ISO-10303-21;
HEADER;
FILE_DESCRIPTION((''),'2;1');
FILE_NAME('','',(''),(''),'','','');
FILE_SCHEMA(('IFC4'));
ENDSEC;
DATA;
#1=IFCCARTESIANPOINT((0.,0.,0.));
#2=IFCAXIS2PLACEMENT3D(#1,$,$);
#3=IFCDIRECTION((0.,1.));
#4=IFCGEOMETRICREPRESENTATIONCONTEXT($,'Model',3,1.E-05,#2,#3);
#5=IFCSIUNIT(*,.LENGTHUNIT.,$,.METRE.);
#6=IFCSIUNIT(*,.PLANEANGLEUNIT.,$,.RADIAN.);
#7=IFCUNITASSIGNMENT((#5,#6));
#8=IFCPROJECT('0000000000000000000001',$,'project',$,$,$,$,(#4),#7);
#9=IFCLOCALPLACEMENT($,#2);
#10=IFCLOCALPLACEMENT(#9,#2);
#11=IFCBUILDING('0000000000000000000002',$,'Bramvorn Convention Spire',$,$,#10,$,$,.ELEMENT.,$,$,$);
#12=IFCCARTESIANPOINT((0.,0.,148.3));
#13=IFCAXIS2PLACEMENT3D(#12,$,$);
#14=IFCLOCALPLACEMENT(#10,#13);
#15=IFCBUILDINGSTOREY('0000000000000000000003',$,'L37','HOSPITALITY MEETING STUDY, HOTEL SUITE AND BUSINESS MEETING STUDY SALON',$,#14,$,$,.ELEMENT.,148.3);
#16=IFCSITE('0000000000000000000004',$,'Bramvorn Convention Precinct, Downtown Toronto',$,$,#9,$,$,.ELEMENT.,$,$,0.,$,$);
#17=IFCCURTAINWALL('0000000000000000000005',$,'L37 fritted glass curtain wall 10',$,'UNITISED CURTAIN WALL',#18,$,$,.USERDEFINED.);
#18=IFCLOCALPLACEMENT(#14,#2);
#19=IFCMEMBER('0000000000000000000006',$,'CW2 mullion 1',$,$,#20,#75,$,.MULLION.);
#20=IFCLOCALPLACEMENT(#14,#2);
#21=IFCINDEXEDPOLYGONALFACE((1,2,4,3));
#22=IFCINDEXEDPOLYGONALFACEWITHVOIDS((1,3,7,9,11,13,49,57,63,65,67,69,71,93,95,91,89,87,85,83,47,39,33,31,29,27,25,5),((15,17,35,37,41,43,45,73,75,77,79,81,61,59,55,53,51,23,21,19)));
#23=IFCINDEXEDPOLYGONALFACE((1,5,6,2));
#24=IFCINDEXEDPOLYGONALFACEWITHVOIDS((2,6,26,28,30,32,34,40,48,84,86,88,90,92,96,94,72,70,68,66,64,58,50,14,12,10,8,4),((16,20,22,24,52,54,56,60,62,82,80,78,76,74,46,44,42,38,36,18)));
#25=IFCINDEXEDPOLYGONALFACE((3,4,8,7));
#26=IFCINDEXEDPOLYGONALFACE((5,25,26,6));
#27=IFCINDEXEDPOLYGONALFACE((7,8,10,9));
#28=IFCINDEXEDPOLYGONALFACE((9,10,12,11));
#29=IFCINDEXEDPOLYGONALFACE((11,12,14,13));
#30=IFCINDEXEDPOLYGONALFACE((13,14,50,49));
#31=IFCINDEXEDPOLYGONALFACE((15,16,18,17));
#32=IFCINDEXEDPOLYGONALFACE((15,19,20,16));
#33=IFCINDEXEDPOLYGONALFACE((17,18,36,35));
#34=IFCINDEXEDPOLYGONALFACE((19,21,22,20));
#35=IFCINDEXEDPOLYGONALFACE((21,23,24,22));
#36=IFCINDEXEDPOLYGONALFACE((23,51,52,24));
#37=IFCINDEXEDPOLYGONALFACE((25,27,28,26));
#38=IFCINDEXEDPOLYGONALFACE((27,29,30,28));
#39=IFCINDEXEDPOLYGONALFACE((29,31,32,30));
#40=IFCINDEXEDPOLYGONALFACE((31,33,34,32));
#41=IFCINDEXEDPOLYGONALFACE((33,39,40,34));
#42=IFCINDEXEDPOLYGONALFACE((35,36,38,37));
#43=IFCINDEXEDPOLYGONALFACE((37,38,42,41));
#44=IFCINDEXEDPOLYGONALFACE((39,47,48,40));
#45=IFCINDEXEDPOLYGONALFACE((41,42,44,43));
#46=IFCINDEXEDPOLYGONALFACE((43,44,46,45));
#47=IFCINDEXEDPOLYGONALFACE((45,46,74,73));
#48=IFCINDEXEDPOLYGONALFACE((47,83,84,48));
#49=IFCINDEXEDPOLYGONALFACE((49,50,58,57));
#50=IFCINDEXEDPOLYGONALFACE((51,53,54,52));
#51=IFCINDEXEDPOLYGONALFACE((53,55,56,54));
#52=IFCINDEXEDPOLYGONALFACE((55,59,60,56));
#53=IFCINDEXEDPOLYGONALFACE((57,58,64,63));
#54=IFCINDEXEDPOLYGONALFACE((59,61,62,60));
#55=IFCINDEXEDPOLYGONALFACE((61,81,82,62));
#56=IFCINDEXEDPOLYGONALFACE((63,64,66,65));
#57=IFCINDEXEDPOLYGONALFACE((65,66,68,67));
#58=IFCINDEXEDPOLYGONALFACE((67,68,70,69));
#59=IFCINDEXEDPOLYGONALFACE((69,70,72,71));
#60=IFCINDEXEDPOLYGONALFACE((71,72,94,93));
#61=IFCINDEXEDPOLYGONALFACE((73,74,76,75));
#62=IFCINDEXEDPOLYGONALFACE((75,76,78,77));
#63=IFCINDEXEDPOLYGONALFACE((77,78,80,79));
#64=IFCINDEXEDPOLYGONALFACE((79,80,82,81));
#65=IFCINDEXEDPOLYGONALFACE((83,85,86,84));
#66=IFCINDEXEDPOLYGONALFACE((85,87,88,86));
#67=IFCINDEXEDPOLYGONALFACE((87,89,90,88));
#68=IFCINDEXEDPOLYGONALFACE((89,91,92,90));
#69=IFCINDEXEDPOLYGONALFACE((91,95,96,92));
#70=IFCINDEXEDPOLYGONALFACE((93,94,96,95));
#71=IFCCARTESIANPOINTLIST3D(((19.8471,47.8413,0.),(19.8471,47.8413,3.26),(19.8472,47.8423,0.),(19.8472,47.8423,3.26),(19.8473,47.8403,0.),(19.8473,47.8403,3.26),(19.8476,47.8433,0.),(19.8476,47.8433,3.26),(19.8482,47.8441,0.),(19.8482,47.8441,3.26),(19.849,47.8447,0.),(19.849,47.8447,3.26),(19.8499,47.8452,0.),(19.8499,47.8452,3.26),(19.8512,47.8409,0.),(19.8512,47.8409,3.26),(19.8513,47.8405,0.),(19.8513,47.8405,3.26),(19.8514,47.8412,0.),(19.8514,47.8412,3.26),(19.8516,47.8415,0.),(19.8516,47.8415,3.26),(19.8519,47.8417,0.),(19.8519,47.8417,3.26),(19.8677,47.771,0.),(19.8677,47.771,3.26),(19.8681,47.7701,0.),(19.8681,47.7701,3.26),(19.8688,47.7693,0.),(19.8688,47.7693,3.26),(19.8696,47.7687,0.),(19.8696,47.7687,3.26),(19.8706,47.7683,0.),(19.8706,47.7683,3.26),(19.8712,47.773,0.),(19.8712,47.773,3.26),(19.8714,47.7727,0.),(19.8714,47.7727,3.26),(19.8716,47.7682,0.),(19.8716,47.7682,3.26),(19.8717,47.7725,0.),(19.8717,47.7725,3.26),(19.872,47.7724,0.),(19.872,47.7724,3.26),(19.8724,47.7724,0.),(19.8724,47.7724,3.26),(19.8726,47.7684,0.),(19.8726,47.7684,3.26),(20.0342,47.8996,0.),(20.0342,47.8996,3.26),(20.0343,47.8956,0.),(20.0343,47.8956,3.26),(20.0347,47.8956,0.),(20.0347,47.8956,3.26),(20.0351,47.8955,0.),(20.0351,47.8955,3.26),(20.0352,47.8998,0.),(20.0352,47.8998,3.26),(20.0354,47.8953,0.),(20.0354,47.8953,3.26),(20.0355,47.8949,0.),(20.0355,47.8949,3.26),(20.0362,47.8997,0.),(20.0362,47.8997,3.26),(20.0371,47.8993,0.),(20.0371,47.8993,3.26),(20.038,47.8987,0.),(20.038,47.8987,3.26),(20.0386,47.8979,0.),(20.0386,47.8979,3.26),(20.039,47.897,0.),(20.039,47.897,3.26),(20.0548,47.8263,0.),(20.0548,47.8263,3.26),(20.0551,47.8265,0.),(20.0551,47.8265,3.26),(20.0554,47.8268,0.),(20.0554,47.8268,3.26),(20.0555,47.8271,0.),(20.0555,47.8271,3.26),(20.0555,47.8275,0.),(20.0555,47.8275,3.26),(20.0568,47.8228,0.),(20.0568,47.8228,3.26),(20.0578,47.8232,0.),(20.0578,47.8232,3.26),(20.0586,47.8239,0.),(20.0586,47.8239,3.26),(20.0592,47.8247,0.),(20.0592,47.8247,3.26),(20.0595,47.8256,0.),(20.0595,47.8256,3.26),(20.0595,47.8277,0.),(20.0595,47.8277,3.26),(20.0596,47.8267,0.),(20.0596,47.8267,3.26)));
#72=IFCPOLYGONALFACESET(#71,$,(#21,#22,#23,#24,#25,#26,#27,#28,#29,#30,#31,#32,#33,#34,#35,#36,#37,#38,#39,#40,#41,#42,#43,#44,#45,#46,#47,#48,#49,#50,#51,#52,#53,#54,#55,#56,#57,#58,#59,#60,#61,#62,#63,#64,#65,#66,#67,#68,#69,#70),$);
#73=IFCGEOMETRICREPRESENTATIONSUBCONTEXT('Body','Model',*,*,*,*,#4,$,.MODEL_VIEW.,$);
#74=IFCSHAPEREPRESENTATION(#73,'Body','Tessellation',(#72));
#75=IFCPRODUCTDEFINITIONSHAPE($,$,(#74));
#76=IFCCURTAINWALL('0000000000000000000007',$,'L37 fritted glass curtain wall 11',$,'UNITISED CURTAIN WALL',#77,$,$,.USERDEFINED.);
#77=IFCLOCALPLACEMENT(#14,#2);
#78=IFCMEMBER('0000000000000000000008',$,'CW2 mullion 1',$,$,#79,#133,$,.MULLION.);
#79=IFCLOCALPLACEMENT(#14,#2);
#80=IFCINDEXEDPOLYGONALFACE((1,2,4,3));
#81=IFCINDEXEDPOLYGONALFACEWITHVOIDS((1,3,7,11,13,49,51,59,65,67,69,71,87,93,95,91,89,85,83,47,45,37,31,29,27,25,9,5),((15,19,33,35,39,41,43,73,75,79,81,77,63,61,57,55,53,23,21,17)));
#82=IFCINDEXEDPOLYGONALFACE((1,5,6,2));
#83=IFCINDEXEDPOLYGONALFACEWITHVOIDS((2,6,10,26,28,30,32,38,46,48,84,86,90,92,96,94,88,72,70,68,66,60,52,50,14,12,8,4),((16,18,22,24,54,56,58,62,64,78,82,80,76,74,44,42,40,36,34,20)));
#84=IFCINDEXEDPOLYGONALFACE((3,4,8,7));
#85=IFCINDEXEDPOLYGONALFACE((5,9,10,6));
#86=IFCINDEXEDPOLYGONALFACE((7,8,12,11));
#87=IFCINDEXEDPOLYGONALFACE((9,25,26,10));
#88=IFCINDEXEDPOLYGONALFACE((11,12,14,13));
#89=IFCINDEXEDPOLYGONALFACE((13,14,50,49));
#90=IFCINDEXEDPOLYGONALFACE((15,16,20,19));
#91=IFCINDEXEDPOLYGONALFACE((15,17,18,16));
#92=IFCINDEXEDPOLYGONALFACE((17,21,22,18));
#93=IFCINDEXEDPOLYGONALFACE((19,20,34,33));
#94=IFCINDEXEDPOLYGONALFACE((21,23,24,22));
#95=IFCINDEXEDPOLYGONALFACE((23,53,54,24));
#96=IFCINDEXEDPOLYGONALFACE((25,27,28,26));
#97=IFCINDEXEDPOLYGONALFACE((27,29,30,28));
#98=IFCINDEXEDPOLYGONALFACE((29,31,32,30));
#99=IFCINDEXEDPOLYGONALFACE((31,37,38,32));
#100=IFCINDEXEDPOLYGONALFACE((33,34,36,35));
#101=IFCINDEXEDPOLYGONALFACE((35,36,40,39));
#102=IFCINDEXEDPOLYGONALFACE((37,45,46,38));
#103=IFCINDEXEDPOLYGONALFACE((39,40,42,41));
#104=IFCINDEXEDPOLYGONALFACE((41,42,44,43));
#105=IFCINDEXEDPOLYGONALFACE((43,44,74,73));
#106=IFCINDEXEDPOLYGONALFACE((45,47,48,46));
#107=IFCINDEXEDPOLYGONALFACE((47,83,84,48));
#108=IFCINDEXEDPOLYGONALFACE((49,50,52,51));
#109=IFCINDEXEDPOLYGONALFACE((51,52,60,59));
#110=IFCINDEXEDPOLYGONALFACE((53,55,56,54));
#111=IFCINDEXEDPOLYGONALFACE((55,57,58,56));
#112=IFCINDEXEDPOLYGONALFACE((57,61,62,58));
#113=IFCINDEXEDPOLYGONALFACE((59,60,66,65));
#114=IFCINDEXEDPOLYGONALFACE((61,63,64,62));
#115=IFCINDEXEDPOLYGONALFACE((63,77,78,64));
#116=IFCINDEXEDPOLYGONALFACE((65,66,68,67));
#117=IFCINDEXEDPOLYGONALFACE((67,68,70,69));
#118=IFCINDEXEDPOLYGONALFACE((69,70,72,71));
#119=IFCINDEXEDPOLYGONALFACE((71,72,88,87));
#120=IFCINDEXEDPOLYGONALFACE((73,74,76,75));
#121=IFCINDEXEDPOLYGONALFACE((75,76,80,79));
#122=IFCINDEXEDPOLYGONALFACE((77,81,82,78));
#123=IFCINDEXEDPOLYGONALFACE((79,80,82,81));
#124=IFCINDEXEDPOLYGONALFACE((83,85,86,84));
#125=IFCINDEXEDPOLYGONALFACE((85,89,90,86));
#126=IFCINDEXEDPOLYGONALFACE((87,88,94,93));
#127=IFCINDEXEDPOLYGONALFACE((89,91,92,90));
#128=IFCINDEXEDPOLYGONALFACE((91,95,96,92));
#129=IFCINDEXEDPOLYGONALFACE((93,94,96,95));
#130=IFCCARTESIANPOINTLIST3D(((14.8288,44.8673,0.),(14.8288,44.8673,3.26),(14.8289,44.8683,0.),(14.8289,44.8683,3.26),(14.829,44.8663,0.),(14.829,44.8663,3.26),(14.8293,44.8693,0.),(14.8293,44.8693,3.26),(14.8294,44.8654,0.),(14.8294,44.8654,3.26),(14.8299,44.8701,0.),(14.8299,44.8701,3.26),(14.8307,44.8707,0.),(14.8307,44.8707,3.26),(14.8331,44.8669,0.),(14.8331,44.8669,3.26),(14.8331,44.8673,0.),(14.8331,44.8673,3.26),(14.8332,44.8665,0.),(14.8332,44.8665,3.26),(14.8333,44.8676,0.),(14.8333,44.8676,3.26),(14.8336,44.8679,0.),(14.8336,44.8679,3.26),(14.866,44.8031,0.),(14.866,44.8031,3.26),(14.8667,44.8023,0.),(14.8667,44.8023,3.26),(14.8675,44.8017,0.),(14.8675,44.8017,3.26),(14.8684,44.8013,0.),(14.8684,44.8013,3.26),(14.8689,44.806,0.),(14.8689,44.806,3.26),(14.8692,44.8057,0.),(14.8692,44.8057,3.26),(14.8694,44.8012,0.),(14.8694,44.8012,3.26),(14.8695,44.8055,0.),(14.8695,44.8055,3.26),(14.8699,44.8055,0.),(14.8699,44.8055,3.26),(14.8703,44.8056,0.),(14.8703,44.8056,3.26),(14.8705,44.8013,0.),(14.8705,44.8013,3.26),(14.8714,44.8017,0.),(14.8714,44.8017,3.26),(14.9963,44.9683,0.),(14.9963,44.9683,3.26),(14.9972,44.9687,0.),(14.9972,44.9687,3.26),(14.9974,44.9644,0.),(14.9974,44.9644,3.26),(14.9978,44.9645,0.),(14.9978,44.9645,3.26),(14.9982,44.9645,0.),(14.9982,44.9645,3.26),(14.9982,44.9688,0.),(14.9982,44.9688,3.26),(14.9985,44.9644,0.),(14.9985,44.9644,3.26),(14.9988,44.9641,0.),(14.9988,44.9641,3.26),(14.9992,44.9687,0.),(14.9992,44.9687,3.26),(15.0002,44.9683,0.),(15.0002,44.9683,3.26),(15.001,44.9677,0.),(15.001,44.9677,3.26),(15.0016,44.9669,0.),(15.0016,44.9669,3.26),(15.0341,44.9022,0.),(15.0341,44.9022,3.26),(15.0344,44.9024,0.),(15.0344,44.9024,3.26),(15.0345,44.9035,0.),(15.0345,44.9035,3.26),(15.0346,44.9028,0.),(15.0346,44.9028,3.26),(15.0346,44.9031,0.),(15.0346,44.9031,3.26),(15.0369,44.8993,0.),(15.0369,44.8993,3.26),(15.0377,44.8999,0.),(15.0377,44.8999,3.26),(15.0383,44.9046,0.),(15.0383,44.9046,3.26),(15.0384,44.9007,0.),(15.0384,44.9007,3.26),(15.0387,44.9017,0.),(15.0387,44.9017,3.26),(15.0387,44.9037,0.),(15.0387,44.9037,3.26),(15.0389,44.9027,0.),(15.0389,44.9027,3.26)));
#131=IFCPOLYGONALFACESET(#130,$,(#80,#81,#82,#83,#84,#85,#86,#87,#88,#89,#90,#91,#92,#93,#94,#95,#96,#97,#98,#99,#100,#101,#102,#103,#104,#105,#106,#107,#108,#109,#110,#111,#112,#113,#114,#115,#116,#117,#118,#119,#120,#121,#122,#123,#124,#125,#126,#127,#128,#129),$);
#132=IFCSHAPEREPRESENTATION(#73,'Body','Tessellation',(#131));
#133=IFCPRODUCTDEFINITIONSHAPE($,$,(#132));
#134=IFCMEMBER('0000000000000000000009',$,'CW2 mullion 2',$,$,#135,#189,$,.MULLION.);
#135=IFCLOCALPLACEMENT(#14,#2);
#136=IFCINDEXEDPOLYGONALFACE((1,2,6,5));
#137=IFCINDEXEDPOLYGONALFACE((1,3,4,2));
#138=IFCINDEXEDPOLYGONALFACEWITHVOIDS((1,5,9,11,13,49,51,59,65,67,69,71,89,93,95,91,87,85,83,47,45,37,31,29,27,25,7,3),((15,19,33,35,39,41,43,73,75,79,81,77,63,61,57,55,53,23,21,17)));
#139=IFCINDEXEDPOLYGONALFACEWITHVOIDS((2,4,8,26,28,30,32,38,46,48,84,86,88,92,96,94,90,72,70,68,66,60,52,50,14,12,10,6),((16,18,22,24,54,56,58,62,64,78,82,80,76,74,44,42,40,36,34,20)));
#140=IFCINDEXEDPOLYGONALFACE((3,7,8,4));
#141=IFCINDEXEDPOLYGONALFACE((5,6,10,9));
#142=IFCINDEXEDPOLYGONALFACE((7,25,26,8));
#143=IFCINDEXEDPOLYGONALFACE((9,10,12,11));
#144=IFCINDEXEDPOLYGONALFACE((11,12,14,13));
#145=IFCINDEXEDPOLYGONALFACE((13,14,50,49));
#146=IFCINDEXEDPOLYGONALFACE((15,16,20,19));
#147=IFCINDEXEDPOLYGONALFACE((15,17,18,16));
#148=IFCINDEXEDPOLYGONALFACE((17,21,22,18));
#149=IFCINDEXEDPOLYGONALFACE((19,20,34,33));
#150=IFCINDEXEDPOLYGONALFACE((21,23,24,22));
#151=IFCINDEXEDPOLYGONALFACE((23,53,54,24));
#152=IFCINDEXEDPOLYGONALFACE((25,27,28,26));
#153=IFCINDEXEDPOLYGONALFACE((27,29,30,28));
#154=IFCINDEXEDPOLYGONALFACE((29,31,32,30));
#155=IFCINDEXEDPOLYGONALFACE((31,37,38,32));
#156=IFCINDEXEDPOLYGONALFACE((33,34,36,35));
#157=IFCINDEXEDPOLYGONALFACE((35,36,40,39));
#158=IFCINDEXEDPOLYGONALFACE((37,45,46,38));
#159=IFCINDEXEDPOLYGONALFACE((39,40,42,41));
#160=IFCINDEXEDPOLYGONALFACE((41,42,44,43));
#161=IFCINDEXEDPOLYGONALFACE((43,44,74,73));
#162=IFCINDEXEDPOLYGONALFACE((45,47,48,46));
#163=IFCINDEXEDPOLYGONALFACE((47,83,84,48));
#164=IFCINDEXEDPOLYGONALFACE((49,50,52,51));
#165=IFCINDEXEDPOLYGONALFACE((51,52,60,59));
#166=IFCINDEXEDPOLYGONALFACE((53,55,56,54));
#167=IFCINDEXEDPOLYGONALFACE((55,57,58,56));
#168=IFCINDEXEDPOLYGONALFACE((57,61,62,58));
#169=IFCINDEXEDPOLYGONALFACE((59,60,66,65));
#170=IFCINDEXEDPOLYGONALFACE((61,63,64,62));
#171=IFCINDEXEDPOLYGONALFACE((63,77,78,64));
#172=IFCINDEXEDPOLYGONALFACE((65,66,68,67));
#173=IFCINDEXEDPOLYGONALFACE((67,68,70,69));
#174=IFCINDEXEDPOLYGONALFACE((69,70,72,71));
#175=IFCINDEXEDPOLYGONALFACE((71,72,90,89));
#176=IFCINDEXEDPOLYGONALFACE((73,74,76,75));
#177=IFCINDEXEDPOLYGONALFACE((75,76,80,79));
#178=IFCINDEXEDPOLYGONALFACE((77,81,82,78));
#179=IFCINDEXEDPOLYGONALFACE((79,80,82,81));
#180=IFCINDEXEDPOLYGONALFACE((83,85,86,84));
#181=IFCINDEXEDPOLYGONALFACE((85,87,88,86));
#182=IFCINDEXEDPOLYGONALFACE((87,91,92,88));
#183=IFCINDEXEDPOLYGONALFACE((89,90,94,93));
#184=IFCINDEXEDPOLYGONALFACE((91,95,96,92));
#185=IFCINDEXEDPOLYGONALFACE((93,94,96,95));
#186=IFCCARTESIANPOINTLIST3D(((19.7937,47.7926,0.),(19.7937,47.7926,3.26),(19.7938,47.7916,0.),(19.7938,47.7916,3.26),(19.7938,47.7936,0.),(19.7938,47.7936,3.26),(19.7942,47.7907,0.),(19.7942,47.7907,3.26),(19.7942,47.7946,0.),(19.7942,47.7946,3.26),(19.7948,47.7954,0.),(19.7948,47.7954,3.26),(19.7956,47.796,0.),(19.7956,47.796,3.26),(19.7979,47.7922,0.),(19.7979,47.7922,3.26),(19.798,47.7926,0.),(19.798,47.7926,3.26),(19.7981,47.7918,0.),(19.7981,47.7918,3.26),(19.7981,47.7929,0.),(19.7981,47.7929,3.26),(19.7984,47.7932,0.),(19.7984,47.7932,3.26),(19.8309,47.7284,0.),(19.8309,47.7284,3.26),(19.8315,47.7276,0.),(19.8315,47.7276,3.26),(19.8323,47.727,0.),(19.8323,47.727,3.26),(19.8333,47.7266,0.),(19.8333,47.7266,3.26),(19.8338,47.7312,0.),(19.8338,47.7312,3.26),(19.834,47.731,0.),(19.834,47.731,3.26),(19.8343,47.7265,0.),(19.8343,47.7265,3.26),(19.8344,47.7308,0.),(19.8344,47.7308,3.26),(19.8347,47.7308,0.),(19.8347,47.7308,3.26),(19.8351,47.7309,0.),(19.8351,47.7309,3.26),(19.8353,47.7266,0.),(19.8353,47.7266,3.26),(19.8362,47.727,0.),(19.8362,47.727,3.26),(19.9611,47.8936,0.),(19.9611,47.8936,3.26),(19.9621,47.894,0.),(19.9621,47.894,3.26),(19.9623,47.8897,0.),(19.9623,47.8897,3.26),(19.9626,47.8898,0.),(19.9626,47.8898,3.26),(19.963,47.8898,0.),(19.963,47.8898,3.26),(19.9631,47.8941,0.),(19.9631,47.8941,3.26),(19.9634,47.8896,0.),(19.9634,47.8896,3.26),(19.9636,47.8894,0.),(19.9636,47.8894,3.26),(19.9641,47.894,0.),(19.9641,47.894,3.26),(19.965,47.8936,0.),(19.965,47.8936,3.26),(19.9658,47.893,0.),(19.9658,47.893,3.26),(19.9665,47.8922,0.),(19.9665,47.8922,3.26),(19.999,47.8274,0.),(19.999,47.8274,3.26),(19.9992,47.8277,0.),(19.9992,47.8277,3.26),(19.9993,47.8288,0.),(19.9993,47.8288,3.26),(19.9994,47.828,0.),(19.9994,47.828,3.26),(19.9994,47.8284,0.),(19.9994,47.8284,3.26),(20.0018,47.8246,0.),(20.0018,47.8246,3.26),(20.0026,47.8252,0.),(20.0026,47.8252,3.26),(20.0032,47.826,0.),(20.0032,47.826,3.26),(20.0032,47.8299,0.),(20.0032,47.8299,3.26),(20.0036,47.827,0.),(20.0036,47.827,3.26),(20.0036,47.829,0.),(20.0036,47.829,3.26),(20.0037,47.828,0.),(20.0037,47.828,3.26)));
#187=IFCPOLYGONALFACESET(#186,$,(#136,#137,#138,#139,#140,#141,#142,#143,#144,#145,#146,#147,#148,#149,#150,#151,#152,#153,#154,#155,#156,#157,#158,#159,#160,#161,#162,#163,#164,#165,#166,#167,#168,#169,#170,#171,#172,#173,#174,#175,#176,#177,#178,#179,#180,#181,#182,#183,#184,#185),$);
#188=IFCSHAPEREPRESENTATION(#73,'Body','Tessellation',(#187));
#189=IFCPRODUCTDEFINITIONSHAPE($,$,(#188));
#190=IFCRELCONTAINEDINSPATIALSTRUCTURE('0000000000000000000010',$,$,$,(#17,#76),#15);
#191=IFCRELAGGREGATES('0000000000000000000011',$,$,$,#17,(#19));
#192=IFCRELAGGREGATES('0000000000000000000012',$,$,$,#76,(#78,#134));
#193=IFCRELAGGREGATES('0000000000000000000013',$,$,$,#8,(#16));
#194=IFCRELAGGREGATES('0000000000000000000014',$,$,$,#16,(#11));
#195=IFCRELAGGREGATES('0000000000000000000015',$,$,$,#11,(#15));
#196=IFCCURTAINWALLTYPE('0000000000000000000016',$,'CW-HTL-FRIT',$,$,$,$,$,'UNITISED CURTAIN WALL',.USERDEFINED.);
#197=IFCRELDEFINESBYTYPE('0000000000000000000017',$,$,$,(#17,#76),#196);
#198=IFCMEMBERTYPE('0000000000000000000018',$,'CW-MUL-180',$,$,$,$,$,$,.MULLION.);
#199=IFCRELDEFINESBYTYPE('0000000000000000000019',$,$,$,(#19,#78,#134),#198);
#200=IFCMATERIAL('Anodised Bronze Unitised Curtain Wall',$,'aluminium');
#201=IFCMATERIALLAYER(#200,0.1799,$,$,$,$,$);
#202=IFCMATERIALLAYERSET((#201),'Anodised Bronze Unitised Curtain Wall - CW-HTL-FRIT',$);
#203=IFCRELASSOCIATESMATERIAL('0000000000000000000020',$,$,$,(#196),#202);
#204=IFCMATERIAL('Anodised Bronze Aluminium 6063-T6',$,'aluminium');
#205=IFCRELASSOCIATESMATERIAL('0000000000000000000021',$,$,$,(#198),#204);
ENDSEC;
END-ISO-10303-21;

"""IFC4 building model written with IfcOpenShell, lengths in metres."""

from ifc_helpers import new_model, si_unit, direction, frame, origin, origin_2d, place, context, subcontext, project, spatial, hollow_rectangle, extrude, material, layer, layer_set, material_profile, profile_set, type_object, element, aggregate, save


model = new_model("IFC4")

# Units and contexts
model_context = context("Model", 3, precision=1e-05, world=origin(), true_north=direction((0.0, 1.0)))
body_context = subcontext(model_context, "Body", "Model", "MODEL_VIEW")
ifc_project = project(units=[si_unit("LENGTHUNIT", "METRE"), si_unit("PLANEANGLEUNIT", "RADIAN")], contexts=[model_context])

# Site, building, storey
site_placement = place(None, origin())
site = spatial("IfcSite", under=ifc_project, at=site_placement, Name="Bramvorn Convention Precinct, Downtown Toronto", CompositionType="ELEMENT", RefElevation=0.0)
building_placement = place(site_placement, origin())
building = spatial("IfcBuilding", under=site, at=building_placement, Name="Bramvorn Convention Spire", CompositionType="ELEMENT")
storey_placement = place(building_placement, frame((0.0, 0.0, 148.3)))
storey = spatial("IfcBuildingStorey", under=building, at=storey_placement, Name="L37", Description="HOSPITALITY MEETING STUDY, HOTEL SUITE AND BUSINESS MEETING STUDY SALON", CompositionType="ELEMENT", Elevation=148.3)

# Curtain wall, member
ifc_material_1 = material(Name="Anodised Bronze Unitised Curtain Wall", Category="aluminium")
ifc_layer_1 = layer(ifc_material_1, 0.1799)
ifc_layer_set_1 = layer_set([ifc_layer_1], Name="Anodised Bronze Unitised Curtain Wall - CW-HTL-FRIT")
curtain_wall_type = type_object("IfcCurtainWallType", Name="CW-HTL-FRIT", ElementType="UNITISED CURTAIN WALL", PredefinedType="USERDEFINED", material=ifc_layer_set_1)
curtain_wall_1_placement = place(storey_placement, origin())
curtain_wall_1 = element("IfcCurtainWall", 1, at=curtain_wall_1_placement, inside=storey, type_object=curtain_wall_type, Name="L37 fritted glass curtain wall 10", ObjectType="UNITISED CURTAIN WALL", PredefinedType="USERDEFINED")
ifc_material_2 = material(Name="Anodised Bronze Aluminium 6063-T6", Category="aluminium")
ifc_material_profile_1 = material_profile(ifc_material_2, hollow_rectangle(XDim=0.0801, YDim=0.2, WallThickness=0.0039, InnerFilletRadius=0.001, OuterFilletRadius=0.0039, at=origin_2d()))
ifc_profile_set_1 = profile_set([ifc_material_profile_1], Name="Anodised Bronze Aluminium 6063-T6 - CWM80X200")
member_type_1 = type_object("IfcMemberType", Name="CW-MUL-180", PredefinedType="MULLION", material=ifc_profile_set_1)
member_1_placement = place(storey_placement, frame((19.9534, 47.834, 0.0), z_axis=(0.0, 0.0, 1.0), x_axis=(-0.283385, 0.959006, 0.0)))
member_1 = element("IfcMember", 2, at=member_1_placement, type_object=member_type_1, Name="CW2 mullion 1", PredefinedType="MULLION", context=body_context, shape_type="SweptSolid", body=[
    extrude(hollow_rectangle(XDim=0.0801, YDim=0.2, WallThickness=0.0039, InnerFilletRadius=0.001, OuterFilletRadius=0.0039, at=origin_2d()), origin(), (0.0, 0.0, 1.0), 3.26),
])
aggregate(curtain_wall_1, [member_1])

# Curtain wall, members
curtain_wall_2_placement = place(storey_placement, origin())
curtain_wall_2 = element("IfcCurtainWall", 3, at=curtain_wall_2_placement, inside=storey, type_object=curtain_wall_type, Name="L37 fritted glass curtain wall 11", ObjectType="UNITISED CURTAIN WALL", PredefinedType="USERDEFINED")
member_2_placement = place(storey_placement, frame((14.9338, 44.885, 0.0), z_axis=(0.0, 0.0, 1.0), x_axis=(-0.507653, 0.861562, 0.0)))
member_2 = element("IfcMember", 4, at=member_2_placement, type_object=member_type_1, Name="CW2 mullion 1", PredefinedType="MULLION", context=body_context, shape_type="SweptSolid", body=[
    extrude(hollow_rectangle(XDim=0.0801, YDim=0.2, WallThickness=0.0039, InnerFilletRadius=0.001, OuterFilletRadius=0.0039, at=origin_2d()), origin(), (0.0, 0.0, 1.0), 3.26),
])
member_3_placement = place(storey_placement, frame((19.8987, 47.8103, 0.0), z_axis=(0.0, 0.0, 1.0), x_axis=(-0.507653, 0.861562, 0.0)))
member_3 = element("IfcMember", 5, at=member_3_placement, type_object=member_type_1, Name="CW2 mullion 2", PredefinedType="MULLION", context=body_context, shape_type="SweptSolid", body=[
    extrude(hollow_rectangle(XDim=0.0801, YDim=0.2, WallThickness=0.0039, InnerFilletRadius=0.001, OuterFilletRadius=0.0039, at=origin_2d()), origin(), (0.0, 0.0, 1.0), 3.26),
])

aggregate(curtain_wall_2, [member_2, member_3])

save(model, "model.ifc")
